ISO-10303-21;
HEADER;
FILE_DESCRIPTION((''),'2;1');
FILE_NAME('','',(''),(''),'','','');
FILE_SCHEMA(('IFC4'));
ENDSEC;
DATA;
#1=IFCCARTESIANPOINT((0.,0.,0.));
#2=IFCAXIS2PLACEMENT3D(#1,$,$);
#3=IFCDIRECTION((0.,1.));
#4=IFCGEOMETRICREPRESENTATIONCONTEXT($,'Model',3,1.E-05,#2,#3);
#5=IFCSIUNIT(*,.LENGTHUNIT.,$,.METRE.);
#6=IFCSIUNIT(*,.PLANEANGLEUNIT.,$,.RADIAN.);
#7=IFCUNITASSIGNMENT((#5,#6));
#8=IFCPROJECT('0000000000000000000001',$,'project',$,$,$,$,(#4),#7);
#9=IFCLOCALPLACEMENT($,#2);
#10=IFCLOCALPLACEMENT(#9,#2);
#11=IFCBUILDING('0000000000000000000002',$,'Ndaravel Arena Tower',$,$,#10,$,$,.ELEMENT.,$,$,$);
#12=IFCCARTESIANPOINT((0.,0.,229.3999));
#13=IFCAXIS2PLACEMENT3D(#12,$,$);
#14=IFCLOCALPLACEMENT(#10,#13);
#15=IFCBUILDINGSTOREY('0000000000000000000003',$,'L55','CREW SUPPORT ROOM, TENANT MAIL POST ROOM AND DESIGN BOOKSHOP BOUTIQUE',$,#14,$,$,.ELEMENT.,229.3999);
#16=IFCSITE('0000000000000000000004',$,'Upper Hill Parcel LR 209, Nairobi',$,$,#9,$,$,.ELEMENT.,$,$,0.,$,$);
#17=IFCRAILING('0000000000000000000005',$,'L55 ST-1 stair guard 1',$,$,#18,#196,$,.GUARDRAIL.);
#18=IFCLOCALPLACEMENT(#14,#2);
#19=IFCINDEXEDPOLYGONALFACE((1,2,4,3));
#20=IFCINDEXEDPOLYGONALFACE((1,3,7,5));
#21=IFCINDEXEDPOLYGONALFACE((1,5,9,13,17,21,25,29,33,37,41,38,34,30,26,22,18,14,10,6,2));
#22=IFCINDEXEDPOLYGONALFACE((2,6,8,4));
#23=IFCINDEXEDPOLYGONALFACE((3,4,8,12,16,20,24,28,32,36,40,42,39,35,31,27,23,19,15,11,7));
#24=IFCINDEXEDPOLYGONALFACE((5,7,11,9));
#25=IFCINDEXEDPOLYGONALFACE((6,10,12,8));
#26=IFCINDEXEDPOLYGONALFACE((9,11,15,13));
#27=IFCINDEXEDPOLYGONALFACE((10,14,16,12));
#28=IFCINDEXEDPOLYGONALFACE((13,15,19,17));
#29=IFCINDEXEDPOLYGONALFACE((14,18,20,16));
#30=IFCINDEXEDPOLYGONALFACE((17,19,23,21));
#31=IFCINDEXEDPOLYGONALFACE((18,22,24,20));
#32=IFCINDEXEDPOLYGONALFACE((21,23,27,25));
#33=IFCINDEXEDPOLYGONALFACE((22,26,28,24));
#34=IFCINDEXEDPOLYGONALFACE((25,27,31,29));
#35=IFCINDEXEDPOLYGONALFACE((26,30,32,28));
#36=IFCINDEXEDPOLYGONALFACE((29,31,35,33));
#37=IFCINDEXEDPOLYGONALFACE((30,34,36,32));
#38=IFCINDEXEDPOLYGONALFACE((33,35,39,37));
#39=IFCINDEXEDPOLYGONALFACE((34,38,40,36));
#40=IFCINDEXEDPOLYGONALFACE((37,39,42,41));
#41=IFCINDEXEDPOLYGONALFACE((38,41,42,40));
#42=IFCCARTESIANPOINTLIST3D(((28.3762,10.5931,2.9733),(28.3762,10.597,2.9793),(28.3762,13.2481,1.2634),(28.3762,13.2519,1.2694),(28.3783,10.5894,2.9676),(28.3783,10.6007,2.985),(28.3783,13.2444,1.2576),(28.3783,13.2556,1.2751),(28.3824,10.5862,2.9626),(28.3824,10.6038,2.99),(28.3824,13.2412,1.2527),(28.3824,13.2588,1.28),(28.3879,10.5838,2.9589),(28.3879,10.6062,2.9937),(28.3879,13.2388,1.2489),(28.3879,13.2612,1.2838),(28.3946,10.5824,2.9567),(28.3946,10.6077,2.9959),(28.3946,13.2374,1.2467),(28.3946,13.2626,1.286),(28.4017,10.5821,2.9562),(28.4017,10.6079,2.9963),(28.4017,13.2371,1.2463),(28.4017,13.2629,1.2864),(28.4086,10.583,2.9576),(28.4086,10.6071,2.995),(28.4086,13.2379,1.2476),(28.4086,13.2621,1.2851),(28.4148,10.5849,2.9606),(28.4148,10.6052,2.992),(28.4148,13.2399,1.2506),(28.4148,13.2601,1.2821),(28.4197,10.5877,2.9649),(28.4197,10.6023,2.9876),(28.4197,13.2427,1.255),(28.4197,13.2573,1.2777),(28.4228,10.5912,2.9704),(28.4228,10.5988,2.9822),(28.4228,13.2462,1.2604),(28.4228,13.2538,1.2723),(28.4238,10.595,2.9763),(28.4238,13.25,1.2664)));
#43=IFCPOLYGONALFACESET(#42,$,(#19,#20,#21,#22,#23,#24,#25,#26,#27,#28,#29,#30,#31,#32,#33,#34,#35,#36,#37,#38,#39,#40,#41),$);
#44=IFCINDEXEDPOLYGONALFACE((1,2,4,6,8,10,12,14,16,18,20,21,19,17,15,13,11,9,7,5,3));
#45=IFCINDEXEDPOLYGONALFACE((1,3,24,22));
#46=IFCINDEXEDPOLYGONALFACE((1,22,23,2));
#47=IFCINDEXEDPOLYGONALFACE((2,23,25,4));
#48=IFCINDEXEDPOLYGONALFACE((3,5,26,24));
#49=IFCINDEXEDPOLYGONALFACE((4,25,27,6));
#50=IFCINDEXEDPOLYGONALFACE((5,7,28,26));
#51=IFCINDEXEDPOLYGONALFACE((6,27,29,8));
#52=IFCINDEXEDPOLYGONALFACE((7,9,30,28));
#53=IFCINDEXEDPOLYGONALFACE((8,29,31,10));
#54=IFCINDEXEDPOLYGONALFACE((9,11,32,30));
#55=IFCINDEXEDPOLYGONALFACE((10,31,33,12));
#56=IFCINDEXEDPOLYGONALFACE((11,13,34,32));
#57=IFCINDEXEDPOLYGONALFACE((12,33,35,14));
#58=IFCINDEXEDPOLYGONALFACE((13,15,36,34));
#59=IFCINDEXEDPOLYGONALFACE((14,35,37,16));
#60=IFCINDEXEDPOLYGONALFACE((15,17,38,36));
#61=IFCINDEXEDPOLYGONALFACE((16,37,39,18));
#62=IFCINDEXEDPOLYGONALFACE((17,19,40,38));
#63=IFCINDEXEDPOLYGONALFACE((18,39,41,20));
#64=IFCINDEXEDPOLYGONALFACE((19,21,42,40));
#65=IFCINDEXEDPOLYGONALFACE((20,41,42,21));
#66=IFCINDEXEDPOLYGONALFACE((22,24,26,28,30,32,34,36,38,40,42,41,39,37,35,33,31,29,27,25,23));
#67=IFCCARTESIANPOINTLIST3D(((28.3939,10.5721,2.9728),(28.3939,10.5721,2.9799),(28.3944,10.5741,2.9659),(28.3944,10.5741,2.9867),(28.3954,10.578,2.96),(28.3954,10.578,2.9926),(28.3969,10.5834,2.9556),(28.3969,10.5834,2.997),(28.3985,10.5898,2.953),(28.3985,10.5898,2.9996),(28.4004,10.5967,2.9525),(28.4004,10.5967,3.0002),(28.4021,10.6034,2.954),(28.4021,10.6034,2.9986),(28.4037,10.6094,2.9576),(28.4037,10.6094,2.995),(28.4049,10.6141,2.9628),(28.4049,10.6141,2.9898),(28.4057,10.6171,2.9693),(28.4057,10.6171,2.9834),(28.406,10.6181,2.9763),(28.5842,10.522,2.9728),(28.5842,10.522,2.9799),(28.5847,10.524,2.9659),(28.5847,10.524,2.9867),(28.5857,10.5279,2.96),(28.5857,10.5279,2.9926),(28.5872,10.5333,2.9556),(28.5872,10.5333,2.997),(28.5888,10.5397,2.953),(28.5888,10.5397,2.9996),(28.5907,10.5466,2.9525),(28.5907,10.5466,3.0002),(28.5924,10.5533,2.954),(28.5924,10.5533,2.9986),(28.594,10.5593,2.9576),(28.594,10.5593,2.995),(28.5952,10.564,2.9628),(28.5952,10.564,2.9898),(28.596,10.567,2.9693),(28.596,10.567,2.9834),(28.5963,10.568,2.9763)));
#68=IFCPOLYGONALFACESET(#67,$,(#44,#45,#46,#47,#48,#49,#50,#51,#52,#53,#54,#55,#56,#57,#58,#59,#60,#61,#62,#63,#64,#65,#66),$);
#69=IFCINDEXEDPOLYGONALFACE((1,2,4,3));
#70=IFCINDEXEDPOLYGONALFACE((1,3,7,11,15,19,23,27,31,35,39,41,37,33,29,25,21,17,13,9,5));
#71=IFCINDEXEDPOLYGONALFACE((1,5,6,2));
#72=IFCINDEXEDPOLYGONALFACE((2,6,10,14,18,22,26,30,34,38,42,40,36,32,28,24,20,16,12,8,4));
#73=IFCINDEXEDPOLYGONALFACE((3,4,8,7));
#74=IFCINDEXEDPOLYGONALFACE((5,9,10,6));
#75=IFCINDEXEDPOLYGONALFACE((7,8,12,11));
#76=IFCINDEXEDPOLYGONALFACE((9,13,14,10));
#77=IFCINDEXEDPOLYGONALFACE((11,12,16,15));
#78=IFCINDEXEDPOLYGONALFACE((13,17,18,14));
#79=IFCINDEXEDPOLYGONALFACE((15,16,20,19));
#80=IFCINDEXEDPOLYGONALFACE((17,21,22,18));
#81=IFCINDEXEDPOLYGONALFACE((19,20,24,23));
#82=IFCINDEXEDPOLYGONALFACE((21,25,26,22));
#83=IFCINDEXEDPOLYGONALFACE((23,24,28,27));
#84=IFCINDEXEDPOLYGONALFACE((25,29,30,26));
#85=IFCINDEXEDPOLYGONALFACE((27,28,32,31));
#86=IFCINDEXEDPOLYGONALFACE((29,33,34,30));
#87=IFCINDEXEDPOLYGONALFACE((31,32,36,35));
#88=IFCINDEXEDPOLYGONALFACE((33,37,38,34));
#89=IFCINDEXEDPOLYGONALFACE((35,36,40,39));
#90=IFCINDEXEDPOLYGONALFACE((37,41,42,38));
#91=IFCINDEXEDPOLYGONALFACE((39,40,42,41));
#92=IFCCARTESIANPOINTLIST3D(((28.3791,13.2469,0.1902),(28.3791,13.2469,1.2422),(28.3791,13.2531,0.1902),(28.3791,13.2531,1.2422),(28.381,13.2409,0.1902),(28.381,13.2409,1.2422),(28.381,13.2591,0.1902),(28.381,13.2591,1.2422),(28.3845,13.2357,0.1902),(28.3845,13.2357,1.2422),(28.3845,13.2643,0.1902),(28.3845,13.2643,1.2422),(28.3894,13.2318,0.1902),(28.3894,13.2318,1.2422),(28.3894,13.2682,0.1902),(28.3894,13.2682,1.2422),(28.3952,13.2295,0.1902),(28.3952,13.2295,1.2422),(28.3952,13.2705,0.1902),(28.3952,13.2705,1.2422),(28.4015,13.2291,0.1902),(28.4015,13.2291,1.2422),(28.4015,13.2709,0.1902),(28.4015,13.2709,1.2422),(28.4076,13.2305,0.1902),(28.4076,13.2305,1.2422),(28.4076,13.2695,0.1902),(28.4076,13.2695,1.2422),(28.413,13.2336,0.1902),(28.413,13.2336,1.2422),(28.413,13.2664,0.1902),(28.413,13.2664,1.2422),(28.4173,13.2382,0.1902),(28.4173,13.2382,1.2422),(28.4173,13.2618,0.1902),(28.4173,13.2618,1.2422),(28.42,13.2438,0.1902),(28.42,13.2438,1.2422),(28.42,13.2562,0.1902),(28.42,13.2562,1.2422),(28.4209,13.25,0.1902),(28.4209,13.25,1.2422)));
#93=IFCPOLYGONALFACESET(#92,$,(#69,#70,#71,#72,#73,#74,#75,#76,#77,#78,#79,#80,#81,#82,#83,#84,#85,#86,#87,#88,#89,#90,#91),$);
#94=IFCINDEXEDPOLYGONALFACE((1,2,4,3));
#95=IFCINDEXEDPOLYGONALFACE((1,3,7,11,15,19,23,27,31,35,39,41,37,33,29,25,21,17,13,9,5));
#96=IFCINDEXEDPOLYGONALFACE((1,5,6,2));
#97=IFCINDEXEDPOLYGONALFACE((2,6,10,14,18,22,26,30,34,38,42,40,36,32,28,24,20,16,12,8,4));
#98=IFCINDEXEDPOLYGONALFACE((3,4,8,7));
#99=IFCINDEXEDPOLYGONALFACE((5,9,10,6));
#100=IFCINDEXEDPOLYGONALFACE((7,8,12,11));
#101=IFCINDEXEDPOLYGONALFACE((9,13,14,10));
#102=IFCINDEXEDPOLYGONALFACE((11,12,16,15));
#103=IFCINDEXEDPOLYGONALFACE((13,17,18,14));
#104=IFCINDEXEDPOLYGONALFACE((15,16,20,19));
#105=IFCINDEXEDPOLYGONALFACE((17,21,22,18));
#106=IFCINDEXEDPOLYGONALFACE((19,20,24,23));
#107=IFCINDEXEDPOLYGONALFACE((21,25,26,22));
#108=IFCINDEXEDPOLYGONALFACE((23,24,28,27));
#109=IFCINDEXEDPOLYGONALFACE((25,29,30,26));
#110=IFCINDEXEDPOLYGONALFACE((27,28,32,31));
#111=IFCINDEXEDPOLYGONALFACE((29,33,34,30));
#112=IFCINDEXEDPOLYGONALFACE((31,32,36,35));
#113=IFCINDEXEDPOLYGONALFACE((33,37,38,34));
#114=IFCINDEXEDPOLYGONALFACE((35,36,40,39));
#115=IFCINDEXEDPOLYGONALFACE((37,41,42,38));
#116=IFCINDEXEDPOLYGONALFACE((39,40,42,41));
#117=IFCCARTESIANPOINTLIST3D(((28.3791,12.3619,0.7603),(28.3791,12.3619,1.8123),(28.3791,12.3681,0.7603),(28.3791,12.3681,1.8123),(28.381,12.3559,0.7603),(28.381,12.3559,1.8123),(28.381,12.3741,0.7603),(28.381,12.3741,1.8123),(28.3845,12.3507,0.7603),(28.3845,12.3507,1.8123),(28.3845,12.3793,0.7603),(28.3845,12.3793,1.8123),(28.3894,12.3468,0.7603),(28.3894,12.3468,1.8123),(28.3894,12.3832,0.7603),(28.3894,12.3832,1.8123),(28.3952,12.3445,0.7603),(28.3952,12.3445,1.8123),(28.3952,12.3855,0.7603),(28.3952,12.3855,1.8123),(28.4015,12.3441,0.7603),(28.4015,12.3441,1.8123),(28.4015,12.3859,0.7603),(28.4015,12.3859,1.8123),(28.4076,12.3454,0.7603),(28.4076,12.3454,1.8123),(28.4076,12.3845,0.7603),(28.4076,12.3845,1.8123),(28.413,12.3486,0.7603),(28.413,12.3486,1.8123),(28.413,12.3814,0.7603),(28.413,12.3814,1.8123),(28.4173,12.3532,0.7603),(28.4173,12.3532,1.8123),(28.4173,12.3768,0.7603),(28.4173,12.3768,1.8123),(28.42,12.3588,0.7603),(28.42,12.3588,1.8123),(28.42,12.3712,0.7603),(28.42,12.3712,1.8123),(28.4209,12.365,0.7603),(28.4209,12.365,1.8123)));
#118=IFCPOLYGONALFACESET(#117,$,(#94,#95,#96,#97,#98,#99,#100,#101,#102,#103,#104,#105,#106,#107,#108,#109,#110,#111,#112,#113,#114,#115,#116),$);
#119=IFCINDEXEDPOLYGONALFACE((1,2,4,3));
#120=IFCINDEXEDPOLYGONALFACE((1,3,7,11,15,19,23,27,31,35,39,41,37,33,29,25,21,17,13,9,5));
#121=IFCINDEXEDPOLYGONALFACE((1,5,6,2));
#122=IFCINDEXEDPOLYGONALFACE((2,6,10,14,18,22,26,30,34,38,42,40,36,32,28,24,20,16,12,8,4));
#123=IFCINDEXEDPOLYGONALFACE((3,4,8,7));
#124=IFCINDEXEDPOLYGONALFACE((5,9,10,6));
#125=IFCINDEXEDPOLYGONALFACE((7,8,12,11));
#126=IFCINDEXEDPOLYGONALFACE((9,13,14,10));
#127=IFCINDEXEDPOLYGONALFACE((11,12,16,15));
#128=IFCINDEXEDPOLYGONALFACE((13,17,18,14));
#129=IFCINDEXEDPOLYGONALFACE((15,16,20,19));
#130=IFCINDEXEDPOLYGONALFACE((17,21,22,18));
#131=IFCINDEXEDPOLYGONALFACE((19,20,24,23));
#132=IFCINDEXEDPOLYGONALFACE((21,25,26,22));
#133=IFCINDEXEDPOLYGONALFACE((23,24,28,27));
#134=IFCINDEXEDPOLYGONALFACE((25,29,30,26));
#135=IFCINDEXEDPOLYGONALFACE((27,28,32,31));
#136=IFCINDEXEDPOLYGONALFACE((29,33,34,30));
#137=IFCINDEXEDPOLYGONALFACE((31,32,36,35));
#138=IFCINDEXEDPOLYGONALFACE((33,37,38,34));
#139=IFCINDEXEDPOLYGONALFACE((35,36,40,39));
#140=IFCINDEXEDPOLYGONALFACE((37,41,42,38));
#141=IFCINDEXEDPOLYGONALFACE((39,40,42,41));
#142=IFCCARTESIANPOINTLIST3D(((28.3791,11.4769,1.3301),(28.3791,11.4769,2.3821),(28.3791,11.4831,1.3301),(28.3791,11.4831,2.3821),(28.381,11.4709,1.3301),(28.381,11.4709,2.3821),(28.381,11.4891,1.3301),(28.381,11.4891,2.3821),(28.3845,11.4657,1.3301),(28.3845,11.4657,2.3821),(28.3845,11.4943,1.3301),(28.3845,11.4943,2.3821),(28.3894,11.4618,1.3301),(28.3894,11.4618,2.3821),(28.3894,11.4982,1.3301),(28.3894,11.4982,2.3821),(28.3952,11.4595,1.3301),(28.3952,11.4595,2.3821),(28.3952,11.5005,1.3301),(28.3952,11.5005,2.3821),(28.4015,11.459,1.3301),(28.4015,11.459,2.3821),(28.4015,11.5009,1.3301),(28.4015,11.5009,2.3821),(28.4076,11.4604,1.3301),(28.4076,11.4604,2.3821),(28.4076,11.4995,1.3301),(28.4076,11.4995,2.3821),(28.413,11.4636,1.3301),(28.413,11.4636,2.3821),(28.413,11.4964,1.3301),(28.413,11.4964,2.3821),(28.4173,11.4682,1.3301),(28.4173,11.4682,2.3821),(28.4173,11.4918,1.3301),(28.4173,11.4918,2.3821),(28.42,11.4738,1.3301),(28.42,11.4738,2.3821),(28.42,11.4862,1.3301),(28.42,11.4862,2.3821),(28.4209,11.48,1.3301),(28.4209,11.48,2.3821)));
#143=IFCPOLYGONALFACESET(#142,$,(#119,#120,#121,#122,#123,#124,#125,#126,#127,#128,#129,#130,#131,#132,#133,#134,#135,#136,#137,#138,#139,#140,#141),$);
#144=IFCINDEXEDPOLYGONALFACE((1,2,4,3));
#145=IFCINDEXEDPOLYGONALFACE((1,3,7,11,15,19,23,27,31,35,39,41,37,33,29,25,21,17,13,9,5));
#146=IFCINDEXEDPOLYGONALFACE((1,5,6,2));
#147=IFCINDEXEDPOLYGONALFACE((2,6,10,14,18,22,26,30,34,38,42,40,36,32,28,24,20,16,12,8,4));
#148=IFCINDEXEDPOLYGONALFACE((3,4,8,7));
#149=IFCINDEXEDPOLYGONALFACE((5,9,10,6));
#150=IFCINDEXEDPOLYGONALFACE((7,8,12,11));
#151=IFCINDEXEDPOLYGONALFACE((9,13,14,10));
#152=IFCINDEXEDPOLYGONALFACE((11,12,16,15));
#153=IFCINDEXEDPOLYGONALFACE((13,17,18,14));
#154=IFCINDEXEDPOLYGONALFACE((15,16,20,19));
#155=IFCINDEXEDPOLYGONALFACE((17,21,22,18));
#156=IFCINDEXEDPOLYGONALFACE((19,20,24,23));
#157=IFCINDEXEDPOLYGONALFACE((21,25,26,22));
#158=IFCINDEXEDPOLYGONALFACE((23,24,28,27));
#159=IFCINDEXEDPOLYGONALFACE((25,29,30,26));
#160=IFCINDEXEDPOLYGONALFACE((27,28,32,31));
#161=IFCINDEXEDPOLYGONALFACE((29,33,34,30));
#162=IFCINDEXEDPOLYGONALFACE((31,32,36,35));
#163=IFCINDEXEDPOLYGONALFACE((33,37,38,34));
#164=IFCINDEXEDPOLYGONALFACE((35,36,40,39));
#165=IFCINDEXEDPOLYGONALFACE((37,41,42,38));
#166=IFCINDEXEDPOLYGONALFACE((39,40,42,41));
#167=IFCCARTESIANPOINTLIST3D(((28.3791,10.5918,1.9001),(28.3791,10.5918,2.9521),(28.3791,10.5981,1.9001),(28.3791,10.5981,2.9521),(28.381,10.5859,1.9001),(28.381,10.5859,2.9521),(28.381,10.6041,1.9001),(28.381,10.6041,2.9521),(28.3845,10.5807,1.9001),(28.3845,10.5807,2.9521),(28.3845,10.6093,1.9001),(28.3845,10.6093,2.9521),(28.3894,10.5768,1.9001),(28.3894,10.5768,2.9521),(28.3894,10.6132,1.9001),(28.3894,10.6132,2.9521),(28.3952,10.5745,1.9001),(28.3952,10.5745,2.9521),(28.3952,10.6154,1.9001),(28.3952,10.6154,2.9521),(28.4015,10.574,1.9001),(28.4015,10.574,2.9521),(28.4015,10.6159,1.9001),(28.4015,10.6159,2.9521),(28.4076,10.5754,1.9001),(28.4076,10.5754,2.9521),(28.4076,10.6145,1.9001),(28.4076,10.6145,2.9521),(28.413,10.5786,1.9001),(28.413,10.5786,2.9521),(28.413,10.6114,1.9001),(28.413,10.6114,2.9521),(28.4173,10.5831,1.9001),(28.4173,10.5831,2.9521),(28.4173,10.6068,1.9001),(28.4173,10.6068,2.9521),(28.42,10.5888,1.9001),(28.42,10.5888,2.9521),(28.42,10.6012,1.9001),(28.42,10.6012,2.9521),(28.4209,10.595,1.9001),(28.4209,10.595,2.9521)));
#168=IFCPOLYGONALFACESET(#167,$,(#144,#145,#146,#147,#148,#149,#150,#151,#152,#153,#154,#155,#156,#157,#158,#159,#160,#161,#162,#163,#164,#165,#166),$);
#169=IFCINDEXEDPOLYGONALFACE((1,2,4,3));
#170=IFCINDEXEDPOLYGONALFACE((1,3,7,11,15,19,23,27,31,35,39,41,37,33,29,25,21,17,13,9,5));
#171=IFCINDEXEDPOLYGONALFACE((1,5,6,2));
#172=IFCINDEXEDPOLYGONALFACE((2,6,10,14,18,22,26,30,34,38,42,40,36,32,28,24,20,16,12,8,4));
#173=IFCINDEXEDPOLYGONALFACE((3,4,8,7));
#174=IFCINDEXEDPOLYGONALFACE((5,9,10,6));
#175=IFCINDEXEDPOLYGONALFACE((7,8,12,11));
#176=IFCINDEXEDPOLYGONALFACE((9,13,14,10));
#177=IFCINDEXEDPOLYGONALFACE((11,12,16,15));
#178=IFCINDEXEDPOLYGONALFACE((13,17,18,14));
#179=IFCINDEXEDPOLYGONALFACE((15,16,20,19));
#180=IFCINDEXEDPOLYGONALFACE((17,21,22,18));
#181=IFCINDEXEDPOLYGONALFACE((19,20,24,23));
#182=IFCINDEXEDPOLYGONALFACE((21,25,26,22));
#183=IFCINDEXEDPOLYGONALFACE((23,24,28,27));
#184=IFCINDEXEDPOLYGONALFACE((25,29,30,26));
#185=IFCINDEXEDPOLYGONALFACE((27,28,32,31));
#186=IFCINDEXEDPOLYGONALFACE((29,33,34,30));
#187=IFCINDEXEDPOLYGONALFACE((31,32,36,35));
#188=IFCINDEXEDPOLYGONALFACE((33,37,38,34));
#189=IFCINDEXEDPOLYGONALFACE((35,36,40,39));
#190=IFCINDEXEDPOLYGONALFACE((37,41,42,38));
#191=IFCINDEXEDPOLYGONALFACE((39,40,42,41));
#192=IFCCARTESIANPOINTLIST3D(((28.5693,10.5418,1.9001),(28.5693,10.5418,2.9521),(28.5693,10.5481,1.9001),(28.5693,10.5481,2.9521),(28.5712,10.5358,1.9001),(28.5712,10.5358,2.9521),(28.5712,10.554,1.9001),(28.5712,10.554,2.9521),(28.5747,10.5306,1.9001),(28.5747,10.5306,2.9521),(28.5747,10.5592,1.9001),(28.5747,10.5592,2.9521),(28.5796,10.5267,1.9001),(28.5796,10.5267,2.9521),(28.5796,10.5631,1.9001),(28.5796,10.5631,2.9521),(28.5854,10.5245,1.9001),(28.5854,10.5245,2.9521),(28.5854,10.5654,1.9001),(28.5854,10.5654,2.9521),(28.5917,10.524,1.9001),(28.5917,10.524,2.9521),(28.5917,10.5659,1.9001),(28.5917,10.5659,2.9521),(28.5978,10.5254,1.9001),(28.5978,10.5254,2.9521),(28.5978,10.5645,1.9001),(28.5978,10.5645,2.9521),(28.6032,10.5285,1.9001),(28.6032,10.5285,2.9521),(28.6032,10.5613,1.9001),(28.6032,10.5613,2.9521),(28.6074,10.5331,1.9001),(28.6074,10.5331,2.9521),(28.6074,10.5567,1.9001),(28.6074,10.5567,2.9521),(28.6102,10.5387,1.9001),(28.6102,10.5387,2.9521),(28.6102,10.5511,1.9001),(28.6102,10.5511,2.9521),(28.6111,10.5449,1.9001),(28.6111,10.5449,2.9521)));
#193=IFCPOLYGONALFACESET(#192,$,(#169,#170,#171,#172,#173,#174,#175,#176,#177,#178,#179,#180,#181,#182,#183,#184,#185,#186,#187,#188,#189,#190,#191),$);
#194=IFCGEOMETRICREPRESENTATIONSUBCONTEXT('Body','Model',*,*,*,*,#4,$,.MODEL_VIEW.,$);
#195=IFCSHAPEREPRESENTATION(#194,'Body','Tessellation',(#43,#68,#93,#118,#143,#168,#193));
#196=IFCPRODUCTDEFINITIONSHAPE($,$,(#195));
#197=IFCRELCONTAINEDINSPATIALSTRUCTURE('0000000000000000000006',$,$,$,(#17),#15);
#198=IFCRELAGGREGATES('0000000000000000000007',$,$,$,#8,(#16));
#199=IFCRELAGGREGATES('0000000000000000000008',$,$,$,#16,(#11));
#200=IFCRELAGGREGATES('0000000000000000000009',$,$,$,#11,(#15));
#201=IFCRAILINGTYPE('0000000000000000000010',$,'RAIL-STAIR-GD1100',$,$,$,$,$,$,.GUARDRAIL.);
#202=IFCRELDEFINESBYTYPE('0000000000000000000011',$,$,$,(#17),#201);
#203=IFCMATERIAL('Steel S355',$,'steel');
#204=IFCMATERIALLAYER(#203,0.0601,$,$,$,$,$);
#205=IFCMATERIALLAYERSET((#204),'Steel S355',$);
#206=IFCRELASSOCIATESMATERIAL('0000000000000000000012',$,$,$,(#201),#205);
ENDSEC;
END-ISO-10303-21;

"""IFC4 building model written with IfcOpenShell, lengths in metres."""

from ifc_helpers import new_model, si_unit, direction, frame, origin, origin_2d, place, context, subcontext, project, spatial, circle, extrude, material, layer, layer_set, type_object, element, save


model = new_model("IFC4")

# Units and contexts
model_context = context("Model", 3, precision=1e-05, world=origin(), true_north=direction((0.0, 1.0)))
body_context = subcontext(model_context, "Body", "Model", "MODEL_VIEW")
ifc_project = project(units=[si_unit("LENGTHUNIT", "METRE"), si_unit("PLANEANGLEUNIT", "RADIAN")], contexts=[model_context])

# Site, building, storey
site_placement = place(None, origin())
site = spatial("IfcSite", under=ifc_project, at=site_placement, Name="Upper Hill Parcel LR 209, Nairobi", CompositionType="ELEMENT", RefElevation=0.0)
building_placement = place(site_placement, origin())
building = spatial("IfcBuilding", under=site, at=building_placement, Name="Ndaravel Arena Tower", CompositionType="ELEMENT")
storey_placement = place(building_placement, frame((0.0, 0.0, 229.3999)))
storey = spatial("IfcBuildingStorey", under=building, at=storey_placement, Name="L55", Description="CREW SUPPORT ROOM, TENANT MAIL POST ROOM AND DESIGN BOOKSHOP BOUTIQUE", CompositionType="ELEMENT", Elevation=229.3999)

# Railing
ifc_material_1 = material(Name="Steel S355", Category="steel")
ifc_layer_1 = layer(ifc_material_1, 0.0601)
ifc_layer_set_1 = layer_set([ifc_layer_1], Name="Steel S355")
railing_type_1 = type_object("IfcRailingType", Name="RAIL-STAIR-GD1100", PredefinedType="GUARDRAIL", material=ifc_layer_set_1)
railing_1_placement = place(storey_placement, frame((28.3999, 13.25, 0.1902)))
element("IfcRailing", 1, at=railing_1_placement, inside=storey, type_object=railing_type_1, Name="L55 ST-1 stair guard 1", PredefinedType="GUARDRAIL", context=body_context, shape_type="SweptSolid", body=[
    extrude(circle(Radius=0.0239, at=origin_2d()), frame((0.0, 0.0, 1.0762), z_axis=(0.0, -0.840724, 0.541465), x_axis=(1.0, 0.0, 0.0)), (0.0, 0.0, 1.0), 3.158),
    extrude(circle(Radius=0.0239, at=origin_2d()), frame((0.0, -2.655, 2.7861), z_axis=(0.967075, -0.254493, 0.0), x_axis=(0.254493, 0.967075, 0.0)), (0.0, 0.0, 1.0), 0.1968),
    extrude(circle(Radius=0.021, at=origin_2d()), origin(), (0.0, 0.0, 1.0), 1.052),
    extrude(circle(Radius=0.021, at=origin_2d()), frame((0.0, -0.885, 0.5701)), (0.0, 0.0, 1.0), 1.052),
    extrude(circle(Radius=0.021, at=origin_2d()), frame((0.0, -1.77, 1.1399)), (0.0, 0.0, 1.0), 1.052),
    extrude(circle(Radius=0.021, at=origin_2d()), frame((0.0, -2.655, 1.71)), (0.0, 0.0, 1.0), 1.052),
    extrude(circle(Radius=0.021, at=origin_2d()), frame((0.1902, -2.7051, 1.71)), (0.0, 0.0, 1.0), 1.052),
])

save(model, "model.ifc")
